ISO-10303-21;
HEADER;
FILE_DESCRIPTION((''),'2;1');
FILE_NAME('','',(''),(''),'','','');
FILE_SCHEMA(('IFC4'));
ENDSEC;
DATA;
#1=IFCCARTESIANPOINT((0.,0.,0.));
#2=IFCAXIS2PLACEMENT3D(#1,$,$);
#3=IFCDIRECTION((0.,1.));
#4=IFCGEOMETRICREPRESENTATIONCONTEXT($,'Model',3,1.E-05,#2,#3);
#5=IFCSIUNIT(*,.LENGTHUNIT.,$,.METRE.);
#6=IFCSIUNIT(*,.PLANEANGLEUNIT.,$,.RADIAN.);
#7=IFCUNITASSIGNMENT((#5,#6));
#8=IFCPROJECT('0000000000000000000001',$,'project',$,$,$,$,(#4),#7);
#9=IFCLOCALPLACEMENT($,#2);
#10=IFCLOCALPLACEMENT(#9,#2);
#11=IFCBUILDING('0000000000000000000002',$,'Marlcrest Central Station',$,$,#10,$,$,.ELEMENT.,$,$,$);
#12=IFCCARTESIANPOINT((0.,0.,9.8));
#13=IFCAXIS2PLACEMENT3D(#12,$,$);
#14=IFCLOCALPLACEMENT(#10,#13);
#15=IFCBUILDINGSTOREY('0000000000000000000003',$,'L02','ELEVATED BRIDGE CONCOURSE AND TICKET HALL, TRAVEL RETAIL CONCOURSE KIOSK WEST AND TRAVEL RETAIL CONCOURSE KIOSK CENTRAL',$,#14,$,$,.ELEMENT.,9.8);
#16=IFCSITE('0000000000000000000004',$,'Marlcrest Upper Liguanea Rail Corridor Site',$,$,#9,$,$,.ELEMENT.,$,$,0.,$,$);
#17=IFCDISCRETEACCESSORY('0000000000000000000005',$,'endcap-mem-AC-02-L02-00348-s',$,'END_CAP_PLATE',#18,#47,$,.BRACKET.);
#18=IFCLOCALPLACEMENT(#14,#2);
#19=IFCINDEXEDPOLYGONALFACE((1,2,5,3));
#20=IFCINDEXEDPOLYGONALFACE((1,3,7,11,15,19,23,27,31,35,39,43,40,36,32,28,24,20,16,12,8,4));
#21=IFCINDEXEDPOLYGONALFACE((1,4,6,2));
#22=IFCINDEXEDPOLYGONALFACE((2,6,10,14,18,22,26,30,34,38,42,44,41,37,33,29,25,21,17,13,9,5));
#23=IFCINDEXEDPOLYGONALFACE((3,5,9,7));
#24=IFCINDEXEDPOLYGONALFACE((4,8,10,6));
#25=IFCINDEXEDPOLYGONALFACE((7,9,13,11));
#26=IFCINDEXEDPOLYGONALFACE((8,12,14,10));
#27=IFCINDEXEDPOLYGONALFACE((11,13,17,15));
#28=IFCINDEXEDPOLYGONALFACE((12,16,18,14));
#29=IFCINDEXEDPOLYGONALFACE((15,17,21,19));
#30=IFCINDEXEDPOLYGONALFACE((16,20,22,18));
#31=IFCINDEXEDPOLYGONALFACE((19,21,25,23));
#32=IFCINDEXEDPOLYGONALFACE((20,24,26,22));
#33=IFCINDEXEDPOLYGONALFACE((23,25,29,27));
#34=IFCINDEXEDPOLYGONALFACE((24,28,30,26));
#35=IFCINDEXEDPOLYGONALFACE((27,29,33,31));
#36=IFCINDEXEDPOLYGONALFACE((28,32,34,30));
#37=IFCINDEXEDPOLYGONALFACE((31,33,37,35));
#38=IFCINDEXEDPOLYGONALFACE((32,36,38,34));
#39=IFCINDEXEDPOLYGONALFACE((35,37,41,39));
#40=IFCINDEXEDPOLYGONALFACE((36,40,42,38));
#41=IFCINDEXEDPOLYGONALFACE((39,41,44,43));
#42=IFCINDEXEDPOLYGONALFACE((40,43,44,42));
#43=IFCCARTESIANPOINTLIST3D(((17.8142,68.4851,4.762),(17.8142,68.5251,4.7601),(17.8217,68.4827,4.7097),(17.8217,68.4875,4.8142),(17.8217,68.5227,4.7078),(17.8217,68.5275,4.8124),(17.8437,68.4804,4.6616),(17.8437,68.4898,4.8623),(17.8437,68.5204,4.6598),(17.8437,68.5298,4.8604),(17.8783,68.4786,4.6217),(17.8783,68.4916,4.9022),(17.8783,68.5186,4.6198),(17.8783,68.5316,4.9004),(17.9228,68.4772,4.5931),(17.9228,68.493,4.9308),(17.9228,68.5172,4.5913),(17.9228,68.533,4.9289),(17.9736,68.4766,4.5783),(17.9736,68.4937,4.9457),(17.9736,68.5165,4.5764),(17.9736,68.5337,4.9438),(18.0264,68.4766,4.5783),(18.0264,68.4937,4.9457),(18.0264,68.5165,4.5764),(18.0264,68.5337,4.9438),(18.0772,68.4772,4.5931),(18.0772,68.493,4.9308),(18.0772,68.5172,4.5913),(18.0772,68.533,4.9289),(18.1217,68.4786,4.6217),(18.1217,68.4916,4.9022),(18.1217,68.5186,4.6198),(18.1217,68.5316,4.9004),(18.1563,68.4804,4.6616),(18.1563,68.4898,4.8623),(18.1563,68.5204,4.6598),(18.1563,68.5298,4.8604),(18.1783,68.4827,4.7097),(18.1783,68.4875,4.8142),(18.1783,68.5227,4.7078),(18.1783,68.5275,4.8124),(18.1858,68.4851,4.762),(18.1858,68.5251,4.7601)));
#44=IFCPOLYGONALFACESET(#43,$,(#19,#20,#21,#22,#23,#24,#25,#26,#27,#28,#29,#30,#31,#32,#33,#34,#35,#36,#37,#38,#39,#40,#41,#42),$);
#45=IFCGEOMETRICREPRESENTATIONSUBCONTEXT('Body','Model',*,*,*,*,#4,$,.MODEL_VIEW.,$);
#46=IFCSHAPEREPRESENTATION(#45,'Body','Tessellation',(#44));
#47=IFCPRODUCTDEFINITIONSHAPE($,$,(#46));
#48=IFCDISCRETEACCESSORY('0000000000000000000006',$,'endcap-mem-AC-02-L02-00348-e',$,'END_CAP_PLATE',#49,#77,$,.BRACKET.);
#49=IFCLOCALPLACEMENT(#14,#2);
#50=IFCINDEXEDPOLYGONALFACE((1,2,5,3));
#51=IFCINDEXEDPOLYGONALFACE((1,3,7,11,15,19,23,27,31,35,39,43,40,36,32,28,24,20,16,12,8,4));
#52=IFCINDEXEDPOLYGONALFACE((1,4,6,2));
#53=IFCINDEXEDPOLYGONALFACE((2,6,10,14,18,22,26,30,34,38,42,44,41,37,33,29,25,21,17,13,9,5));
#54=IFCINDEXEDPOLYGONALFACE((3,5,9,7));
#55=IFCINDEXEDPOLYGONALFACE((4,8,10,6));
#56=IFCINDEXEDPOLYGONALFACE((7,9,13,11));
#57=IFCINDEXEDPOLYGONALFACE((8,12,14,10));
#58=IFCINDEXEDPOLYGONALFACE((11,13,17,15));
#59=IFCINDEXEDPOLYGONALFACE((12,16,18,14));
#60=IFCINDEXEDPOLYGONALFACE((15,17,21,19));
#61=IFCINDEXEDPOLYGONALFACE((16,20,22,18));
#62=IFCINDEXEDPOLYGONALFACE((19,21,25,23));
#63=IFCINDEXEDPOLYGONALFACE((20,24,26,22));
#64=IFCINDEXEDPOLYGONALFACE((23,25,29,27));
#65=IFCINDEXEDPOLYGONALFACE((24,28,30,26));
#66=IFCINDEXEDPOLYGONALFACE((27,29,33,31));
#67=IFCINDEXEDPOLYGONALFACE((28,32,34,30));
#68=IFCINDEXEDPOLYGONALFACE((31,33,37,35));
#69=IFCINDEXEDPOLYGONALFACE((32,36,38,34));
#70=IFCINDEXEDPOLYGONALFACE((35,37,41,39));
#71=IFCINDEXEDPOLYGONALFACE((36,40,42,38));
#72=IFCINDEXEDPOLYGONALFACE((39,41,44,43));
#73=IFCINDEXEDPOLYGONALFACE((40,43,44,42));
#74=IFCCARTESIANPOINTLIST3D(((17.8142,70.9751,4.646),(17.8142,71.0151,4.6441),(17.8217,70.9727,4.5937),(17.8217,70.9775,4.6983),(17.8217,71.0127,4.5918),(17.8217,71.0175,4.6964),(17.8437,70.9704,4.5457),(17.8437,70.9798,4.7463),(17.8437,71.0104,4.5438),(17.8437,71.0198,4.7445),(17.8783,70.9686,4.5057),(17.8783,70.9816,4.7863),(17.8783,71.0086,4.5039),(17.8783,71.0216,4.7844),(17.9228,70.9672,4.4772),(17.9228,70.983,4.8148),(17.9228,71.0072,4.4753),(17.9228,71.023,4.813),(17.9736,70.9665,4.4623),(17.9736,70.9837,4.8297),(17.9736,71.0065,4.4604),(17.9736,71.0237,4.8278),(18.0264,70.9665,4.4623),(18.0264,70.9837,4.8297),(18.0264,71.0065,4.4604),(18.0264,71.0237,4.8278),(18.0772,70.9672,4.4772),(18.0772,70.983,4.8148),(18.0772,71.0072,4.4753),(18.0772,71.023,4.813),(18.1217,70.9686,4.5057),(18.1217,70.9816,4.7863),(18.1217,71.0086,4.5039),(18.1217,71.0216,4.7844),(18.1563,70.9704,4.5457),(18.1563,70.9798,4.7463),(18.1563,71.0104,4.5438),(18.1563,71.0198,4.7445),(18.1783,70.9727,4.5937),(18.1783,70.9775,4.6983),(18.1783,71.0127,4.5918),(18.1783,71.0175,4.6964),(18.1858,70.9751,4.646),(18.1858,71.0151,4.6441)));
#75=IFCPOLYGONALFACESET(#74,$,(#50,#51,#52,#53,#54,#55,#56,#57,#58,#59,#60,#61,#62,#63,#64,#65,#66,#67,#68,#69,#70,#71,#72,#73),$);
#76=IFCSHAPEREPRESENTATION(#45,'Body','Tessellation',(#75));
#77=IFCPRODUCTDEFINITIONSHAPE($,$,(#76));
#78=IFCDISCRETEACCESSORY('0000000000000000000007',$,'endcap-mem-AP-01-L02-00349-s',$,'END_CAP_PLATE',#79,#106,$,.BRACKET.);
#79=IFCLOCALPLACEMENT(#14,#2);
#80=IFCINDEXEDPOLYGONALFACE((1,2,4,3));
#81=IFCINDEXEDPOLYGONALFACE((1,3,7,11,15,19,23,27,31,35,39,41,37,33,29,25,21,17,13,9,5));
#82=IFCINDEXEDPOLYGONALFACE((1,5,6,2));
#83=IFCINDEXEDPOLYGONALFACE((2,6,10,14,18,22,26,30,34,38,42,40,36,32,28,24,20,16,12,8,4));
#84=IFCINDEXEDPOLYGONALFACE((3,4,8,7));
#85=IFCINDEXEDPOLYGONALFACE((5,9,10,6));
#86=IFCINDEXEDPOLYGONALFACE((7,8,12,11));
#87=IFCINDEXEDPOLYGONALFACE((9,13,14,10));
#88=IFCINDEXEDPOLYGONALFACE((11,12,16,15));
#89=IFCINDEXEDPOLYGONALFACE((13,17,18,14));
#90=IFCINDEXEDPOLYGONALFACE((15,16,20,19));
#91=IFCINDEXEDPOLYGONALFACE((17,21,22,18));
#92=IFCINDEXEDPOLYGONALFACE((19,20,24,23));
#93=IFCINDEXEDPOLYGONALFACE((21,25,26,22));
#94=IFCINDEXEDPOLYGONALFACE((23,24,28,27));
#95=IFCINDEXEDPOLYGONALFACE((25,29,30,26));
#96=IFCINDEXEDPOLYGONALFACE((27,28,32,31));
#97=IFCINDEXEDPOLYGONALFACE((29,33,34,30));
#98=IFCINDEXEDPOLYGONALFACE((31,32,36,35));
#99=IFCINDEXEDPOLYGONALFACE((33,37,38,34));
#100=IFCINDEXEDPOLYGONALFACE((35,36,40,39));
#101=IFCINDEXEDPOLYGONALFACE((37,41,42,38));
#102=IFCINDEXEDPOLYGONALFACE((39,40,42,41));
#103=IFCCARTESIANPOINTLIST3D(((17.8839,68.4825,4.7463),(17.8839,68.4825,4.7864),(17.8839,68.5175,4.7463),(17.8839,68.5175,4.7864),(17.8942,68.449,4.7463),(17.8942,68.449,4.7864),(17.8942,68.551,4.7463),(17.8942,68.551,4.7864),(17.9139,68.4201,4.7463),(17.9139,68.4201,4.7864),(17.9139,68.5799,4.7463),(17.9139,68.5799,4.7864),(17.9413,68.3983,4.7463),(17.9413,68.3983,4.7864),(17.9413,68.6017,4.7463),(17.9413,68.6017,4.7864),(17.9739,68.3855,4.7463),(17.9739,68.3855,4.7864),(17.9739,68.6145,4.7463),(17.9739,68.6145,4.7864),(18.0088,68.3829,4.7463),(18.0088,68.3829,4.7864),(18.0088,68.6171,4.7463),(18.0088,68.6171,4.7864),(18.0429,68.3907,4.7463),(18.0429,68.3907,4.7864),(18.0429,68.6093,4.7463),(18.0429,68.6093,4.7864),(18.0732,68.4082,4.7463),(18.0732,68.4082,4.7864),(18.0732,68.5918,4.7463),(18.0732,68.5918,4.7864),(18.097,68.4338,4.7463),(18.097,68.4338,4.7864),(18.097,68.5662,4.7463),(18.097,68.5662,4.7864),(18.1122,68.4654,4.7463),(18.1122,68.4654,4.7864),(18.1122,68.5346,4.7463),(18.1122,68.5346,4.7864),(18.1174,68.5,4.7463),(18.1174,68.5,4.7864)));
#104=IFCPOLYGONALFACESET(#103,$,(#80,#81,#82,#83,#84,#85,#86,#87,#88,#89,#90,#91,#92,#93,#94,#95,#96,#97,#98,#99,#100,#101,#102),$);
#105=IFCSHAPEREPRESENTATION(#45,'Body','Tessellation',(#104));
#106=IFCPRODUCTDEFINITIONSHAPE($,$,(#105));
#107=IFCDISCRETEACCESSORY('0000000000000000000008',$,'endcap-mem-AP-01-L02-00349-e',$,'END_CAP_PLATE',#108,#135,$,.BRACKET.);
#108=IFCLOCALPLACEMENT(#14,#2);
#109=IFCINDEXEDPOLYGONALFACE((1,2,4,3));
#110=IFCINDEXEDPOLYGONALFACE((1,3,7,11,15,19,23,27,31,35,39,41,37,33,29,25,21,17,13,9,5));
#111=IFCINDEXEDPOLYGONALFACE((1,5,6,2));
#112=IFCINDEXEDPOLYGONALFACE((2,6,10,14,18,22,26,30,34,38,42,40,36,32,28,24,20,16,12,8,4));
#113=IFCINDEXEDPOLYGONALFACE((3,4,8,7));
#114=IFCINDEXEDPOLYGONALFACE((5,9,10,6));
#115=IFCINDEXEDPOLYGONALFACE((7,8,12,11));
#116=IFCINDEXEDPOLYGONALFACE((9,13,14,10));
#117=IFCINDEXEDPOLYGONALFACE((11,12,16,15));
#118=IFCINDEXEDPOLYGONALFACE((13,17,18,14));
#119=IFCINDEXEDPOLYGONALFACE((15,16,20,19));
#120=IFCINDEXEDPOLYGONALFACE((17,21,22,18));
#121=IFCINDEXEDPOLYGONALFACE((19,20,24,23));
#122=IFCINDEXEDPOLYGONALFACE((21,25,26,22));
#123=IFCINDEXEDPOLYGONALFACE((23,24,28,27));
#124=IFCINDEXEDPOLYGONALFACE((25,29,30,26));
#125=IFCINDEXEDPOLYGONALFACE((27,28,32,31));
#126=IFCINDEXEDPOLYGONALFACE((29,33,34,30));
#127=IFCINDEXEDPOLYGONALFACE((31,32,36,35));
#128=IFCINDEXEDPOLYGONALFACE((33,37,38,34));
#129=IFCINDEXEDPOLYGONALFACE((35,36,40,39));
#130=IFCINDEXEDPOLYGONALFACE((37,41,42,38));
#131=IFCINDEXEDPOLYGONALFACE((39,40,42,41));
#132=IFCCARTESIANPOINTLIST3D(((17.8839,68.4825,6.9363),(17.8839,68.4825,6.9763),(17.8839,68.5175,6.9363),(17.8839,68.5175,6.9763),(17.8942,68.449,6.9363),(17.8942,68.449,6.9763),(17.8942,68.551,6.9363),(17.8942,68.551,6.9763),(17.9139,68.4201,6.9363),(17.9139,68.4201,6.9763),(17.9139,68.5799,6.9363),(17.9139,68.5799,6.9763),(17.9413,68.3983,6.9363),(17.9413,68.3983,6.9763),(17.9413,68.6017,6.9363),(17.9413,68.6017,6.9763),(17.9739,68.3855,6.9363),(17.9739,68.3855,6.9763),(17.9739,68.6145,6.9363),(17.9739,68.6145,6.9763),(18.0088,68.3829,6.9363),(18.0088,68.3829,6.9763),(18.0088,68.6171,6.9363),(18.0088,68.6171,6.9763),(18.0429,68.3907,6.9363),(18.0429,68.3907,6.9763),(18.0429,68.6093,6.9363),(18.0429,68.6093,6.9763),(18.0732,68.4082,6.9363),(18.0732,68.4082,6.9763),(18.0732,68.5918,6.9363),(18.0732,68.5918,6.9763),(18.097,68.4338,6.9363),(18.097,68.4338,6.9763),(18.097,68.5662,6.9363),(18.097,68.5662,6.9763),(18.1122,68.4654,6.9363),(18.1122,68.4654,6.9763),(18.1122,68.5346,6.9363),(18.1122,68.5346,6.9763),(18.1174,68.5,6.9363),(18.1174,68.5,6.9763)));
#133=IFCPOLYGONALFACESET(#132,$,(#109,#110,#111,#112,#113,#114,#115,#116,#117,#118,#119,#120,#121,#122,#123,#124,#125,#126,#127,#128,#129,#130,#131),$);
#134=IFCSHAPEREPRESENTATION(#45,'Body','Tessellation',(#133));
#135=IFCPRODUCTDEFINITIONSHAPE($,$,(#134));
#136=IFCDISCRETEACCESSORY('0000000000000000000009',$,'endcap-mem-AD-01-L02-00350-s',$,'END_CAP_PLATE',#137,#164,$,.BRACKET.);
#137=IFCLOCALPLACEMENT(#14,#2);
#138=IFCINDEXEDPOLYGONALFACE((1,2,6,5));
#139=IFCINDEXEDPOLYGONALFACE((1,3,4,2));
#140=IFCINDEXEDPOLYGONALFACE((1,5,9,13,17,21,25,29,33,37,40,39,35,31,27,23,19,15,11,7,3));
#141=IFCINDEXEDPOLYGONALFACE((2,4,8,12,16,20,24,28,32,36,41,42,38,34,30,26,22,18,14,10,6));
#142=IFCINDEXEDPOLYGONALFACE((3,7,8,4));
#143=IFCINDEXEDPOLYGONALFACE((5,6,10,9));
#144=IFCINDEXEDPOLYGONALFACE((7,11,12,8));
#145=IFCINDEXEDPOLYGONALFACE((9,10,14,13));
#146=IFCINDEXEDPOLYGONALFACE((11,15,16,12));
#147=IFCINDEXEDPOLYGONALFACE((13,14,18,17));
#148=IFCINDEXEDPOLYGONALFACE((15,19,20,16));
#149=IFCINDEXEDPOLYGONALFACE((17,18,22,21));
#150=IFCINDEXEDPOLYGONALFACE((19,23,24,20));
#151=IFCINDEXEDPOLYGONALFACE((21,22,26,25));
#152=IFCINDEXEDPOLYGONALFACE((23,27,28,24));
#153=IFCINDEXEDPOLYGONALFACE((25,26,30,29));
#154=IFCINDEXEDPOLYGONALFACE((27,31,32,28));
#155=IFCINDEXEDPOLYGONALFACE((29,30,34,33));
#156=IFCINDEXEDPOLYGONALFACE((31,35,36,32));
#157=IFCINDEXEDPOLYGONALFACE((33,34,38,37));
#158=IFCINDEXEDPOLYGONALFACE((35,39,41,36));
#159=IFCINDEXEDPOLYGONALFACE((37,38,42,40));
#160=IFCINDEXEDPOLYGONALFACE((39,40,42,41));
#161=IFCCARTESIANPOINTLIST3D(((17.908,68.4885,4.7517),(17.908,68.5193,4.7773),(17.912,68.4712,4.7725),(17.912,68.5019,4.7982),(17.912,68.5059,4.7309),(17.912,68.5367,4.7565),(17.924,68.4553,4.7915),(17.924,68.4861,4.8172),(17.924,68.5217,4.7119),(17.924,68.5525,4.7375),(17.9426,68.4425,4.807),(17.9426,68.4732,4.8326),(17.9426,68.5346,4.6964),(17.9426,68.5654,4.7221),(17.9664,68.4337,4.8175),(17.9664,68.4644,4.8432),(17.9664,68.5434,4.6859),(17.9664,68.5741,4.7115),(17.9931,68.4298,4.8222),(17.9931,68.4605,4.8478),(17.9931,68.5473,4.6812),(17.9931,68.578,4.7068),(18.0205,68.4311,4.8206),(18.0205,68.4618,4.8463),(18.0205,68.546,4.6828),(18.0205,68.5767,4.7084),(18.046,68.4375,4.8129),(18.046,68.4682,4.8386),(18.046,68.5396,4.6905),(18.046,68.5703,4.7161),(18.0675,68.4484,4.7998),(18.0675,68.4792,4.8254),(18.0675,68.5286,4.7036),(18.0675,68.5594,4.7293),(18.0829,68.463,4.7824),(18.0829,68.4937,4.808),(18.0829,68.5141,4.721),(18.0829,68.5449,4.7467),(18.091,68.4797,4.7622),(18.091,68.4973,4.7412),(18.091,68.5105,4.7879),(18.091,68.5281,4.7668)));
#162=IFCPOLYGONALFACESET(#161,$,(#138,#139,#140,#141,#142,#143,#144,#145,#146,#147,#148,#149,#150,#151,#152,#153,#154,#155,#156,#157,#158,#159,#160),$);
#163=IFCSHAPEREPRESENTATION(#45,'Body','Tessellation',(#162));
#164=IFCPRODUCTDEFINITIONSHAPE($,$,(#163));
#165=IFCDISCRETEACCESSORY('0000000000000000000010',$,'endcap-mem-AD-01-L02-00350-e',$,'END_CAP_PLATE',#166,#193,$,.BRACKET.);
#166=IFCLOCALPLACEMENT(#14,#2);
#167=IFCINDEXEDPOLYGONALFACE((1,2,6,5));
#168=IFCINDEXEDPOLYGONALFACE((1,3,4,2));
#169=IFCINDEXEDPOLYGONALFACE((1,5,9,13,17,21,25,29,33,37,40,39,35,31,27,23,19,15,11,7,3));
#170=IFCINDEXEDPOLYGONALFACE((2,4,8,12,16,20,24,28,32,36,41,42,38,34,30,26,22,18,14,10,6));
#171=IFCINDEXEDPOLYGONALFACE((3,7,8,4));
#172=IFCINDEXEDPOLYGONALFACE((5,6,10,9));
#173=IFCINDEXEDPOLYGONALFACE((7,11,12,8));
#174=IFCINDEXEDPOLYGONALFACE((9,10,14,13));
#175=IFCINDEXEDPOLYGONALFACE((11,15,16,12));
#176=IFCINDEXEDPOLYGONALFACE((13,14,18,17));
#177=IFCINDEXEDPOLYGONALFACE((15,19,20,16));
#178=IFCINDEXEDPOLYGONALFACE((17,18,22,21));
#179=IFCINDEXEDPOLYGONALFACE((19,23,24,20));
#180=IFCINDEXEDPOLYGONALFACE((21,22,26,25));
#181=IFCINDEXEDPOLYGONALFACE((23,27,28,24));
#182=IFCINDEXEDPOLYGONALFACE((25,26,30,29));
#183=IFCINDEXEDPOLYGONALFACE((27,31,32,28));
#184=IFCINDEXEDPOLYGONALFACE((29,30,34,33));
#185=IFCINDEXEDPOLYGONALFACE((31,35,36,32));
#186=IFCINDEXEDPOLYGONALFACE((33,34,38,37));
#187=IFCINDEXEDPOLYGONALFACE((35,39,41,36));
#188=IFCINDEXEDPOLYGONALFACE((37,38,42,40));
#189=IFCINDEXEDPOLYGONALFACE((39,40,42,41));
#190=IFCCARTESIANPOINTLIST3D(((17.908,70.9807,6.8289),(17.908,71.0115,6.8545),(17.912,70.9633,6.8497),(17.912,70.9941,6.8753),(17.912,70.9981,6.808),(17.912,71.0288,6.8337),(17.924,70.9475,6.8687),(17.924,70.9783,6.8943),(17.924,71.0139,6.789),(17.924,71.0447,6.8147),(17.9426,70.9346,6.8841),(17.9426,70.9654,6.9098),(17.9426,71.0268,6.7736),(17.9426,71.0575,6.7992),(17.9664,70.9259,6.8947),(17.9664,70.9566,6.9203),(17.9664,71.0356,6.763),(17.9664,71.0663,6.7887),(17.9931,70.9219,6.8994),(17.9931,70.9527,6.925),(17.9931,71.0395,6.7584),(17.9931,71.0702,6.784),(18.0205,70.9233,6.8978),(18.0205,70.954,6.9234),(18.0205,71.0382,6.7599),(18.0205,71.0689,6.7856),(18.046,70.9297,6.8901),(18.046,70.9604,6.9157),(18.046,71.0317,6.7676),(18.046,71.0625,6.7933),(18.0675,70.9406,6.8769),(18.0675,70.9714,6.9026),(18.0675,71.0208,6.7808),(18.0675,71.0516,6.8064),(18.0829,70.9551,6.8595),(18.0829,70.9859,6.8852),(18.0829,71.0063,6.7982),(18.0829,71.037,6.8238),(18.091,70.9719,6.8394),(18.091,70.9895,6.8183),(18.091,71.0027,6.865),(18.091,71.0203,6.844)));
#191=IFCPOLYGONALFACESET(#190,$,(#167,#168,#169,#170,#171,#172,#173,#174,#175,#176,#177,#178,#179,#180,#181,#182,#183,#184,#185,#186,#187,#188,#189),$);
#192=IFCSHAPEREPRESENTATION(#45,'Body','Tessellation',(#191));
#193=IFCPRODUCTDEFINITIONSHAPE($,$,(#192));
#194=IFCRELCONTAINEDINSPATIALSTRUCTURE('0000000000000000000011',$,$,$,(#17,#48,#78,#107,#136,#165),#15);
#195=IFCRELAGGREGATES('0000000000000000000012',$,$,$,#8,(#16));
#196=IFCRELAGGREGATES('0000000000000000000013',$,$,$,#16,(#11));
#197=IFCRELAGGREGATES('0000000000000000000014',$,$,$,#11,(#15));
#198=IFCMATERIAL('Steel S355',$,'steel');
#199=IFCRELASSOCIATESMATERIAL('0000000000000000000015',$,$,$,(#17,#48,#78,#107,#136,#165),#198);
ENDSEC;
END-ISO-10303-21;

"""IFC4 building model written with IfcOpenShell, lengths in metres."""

from ifc_helpers import new_model, si_unit, direction, frame, origin, origin_2d, place, context, subcontext, project, spatial, circle, extrude, material, element, save


model = new_model("IFC4")

# Units and contexts
model_context = context("Model", 3, precision=1e-05, world=origin(), true_north=direction((0.0, 1.0)))
body_context = subcontext(model_context, "Body", "Model", "MODEL_VIEW")
ifc_project = project(units=[si_unit("LENGTHUNIT", "METRE"), si_unit("PLANEANGLEUNIT", "RADIAN")], contexts=[model_context])

# Site, building, storey
site_placement = place(None, origin())
site = spatial("IfcSite", under=ifc_project, at=site_placement, Name="Marlcrest Upper Liguanea Rail Corridor Site", CompositionType="ELEMENT", RefElevation=0.0)
building_placement = place(site_placement, origin())
building = spatial("IfcBuilding", under=site, at=building_placement, Name="Marlcrest Central Station", CompositionType="ELEMENT")
storey_placement = place(building_placement, frame((0.0, 0.0, 9.8)))
storey = spatial("IfcBuildingStorey", under=building, at=storey_placement, Name="L02", Description="ELEVATED BRIDGE CONCOURSE AND TICKET HALL, TRAVEL RETAIL CONCOURSE KIOSK WEST AND TRAVEL RETAIL CONCOURSE KIOSK CENTRAL", CompositionType="ELEMENT", Elevation=9.8)

# Shared definitions
ifc_material = material(Name="Steel S355", Category="steel")

# Discrete accessories
for number, where, z_axis, x_axis, name in (
    (1, (18.0, 68.4851, 4.762), (0.0, 0.998917, -0.046532), (-1.0, 0.0, 0.0), "endcap-mem-AC-02-L02-00348-s"),
    (2, (18.0, 70.9751, 4.646), (0.0, 0.998917, -0.046532), (-1.0, 0.0, 0.0), "endcap-mem-AC-02-L02-00348-e"),
):
    element("IfcDiscreteAccessory", number, at=place(storey_placement, frame(where, z_axis=z_axis, x_axis=x_axis)), inside=storey, material=ifc_material, Name=name, ObjectType="END_CAP_PLATE", PredefinedType="BRACKET", context=body_context, shape_type="SweptSolid", body=[
        extrude(circle(Radius=0.1858, at=origin_2d()), origin(), (0.0, 0.0, 1.0), 0.04),
    ])
for number, where, z_axis, x_axis, name in (
    (3, (18.0, 68.5, 4.7463), (0.0, 0.0, 1.0), (1.0, 0.0, 0.0), "endcap-mem-AP-01-L02-00349-s"),
    (4, (18.0, 68.5, 6.9363), (0.0, 0.0, 1.0), (1.0, 0.0, 0.0), "endcap-mem-AP-01-L02-00349-e"),
):
    element("IfcDiscreteAccessory", number, at=place(storey_placement, frame(where, z_axis=z_axis, x_axis=x_axis)), inside=storey, material=ifc_material, Name=name, ObjectType="END_CAP_PLATE", PredefinedType="BRACKET", context=body_context, shape_type="SweptSolid", body=[
        extrude(circle(Radius=0.1174, at=origin_2d()), origin(), (0.0, 0.0, 1.0), 0.04),
    ])
for number, where, z_axis, x_axis, name in (
    (5, (18.0, 68.4885, 4.7517), (0.0, 0.76816, 0.640258), (-1.0, 0.0, 0.0), "endcap-mem-AD-01-L02-00350-s"),
    (6, (18.0, 70.9807, 6.8289), (0.0, 0.76816, 0.640258), (-1.0, 0.0, 0.0), "endcap-mem-AD-01-L02-00350-e"),
):
    element("IfcDiscreteAccessory", number, at=place(storey_placement, frame(where, z_axis=z_axis, x_axis=x_axis)), inside=storey, material=ifc_material, Name=name, ObjectType="END_CAP_PLATE", PredefinedType="BRACKET", context=body_context, shape_type="SweptSolid", body=[
        extrude(circle(Radius=0.092, at=origin_2d()), origin(), (0.0, 0.0, 1.0), 0.04),
    ])

save(model, "model.ifc")
